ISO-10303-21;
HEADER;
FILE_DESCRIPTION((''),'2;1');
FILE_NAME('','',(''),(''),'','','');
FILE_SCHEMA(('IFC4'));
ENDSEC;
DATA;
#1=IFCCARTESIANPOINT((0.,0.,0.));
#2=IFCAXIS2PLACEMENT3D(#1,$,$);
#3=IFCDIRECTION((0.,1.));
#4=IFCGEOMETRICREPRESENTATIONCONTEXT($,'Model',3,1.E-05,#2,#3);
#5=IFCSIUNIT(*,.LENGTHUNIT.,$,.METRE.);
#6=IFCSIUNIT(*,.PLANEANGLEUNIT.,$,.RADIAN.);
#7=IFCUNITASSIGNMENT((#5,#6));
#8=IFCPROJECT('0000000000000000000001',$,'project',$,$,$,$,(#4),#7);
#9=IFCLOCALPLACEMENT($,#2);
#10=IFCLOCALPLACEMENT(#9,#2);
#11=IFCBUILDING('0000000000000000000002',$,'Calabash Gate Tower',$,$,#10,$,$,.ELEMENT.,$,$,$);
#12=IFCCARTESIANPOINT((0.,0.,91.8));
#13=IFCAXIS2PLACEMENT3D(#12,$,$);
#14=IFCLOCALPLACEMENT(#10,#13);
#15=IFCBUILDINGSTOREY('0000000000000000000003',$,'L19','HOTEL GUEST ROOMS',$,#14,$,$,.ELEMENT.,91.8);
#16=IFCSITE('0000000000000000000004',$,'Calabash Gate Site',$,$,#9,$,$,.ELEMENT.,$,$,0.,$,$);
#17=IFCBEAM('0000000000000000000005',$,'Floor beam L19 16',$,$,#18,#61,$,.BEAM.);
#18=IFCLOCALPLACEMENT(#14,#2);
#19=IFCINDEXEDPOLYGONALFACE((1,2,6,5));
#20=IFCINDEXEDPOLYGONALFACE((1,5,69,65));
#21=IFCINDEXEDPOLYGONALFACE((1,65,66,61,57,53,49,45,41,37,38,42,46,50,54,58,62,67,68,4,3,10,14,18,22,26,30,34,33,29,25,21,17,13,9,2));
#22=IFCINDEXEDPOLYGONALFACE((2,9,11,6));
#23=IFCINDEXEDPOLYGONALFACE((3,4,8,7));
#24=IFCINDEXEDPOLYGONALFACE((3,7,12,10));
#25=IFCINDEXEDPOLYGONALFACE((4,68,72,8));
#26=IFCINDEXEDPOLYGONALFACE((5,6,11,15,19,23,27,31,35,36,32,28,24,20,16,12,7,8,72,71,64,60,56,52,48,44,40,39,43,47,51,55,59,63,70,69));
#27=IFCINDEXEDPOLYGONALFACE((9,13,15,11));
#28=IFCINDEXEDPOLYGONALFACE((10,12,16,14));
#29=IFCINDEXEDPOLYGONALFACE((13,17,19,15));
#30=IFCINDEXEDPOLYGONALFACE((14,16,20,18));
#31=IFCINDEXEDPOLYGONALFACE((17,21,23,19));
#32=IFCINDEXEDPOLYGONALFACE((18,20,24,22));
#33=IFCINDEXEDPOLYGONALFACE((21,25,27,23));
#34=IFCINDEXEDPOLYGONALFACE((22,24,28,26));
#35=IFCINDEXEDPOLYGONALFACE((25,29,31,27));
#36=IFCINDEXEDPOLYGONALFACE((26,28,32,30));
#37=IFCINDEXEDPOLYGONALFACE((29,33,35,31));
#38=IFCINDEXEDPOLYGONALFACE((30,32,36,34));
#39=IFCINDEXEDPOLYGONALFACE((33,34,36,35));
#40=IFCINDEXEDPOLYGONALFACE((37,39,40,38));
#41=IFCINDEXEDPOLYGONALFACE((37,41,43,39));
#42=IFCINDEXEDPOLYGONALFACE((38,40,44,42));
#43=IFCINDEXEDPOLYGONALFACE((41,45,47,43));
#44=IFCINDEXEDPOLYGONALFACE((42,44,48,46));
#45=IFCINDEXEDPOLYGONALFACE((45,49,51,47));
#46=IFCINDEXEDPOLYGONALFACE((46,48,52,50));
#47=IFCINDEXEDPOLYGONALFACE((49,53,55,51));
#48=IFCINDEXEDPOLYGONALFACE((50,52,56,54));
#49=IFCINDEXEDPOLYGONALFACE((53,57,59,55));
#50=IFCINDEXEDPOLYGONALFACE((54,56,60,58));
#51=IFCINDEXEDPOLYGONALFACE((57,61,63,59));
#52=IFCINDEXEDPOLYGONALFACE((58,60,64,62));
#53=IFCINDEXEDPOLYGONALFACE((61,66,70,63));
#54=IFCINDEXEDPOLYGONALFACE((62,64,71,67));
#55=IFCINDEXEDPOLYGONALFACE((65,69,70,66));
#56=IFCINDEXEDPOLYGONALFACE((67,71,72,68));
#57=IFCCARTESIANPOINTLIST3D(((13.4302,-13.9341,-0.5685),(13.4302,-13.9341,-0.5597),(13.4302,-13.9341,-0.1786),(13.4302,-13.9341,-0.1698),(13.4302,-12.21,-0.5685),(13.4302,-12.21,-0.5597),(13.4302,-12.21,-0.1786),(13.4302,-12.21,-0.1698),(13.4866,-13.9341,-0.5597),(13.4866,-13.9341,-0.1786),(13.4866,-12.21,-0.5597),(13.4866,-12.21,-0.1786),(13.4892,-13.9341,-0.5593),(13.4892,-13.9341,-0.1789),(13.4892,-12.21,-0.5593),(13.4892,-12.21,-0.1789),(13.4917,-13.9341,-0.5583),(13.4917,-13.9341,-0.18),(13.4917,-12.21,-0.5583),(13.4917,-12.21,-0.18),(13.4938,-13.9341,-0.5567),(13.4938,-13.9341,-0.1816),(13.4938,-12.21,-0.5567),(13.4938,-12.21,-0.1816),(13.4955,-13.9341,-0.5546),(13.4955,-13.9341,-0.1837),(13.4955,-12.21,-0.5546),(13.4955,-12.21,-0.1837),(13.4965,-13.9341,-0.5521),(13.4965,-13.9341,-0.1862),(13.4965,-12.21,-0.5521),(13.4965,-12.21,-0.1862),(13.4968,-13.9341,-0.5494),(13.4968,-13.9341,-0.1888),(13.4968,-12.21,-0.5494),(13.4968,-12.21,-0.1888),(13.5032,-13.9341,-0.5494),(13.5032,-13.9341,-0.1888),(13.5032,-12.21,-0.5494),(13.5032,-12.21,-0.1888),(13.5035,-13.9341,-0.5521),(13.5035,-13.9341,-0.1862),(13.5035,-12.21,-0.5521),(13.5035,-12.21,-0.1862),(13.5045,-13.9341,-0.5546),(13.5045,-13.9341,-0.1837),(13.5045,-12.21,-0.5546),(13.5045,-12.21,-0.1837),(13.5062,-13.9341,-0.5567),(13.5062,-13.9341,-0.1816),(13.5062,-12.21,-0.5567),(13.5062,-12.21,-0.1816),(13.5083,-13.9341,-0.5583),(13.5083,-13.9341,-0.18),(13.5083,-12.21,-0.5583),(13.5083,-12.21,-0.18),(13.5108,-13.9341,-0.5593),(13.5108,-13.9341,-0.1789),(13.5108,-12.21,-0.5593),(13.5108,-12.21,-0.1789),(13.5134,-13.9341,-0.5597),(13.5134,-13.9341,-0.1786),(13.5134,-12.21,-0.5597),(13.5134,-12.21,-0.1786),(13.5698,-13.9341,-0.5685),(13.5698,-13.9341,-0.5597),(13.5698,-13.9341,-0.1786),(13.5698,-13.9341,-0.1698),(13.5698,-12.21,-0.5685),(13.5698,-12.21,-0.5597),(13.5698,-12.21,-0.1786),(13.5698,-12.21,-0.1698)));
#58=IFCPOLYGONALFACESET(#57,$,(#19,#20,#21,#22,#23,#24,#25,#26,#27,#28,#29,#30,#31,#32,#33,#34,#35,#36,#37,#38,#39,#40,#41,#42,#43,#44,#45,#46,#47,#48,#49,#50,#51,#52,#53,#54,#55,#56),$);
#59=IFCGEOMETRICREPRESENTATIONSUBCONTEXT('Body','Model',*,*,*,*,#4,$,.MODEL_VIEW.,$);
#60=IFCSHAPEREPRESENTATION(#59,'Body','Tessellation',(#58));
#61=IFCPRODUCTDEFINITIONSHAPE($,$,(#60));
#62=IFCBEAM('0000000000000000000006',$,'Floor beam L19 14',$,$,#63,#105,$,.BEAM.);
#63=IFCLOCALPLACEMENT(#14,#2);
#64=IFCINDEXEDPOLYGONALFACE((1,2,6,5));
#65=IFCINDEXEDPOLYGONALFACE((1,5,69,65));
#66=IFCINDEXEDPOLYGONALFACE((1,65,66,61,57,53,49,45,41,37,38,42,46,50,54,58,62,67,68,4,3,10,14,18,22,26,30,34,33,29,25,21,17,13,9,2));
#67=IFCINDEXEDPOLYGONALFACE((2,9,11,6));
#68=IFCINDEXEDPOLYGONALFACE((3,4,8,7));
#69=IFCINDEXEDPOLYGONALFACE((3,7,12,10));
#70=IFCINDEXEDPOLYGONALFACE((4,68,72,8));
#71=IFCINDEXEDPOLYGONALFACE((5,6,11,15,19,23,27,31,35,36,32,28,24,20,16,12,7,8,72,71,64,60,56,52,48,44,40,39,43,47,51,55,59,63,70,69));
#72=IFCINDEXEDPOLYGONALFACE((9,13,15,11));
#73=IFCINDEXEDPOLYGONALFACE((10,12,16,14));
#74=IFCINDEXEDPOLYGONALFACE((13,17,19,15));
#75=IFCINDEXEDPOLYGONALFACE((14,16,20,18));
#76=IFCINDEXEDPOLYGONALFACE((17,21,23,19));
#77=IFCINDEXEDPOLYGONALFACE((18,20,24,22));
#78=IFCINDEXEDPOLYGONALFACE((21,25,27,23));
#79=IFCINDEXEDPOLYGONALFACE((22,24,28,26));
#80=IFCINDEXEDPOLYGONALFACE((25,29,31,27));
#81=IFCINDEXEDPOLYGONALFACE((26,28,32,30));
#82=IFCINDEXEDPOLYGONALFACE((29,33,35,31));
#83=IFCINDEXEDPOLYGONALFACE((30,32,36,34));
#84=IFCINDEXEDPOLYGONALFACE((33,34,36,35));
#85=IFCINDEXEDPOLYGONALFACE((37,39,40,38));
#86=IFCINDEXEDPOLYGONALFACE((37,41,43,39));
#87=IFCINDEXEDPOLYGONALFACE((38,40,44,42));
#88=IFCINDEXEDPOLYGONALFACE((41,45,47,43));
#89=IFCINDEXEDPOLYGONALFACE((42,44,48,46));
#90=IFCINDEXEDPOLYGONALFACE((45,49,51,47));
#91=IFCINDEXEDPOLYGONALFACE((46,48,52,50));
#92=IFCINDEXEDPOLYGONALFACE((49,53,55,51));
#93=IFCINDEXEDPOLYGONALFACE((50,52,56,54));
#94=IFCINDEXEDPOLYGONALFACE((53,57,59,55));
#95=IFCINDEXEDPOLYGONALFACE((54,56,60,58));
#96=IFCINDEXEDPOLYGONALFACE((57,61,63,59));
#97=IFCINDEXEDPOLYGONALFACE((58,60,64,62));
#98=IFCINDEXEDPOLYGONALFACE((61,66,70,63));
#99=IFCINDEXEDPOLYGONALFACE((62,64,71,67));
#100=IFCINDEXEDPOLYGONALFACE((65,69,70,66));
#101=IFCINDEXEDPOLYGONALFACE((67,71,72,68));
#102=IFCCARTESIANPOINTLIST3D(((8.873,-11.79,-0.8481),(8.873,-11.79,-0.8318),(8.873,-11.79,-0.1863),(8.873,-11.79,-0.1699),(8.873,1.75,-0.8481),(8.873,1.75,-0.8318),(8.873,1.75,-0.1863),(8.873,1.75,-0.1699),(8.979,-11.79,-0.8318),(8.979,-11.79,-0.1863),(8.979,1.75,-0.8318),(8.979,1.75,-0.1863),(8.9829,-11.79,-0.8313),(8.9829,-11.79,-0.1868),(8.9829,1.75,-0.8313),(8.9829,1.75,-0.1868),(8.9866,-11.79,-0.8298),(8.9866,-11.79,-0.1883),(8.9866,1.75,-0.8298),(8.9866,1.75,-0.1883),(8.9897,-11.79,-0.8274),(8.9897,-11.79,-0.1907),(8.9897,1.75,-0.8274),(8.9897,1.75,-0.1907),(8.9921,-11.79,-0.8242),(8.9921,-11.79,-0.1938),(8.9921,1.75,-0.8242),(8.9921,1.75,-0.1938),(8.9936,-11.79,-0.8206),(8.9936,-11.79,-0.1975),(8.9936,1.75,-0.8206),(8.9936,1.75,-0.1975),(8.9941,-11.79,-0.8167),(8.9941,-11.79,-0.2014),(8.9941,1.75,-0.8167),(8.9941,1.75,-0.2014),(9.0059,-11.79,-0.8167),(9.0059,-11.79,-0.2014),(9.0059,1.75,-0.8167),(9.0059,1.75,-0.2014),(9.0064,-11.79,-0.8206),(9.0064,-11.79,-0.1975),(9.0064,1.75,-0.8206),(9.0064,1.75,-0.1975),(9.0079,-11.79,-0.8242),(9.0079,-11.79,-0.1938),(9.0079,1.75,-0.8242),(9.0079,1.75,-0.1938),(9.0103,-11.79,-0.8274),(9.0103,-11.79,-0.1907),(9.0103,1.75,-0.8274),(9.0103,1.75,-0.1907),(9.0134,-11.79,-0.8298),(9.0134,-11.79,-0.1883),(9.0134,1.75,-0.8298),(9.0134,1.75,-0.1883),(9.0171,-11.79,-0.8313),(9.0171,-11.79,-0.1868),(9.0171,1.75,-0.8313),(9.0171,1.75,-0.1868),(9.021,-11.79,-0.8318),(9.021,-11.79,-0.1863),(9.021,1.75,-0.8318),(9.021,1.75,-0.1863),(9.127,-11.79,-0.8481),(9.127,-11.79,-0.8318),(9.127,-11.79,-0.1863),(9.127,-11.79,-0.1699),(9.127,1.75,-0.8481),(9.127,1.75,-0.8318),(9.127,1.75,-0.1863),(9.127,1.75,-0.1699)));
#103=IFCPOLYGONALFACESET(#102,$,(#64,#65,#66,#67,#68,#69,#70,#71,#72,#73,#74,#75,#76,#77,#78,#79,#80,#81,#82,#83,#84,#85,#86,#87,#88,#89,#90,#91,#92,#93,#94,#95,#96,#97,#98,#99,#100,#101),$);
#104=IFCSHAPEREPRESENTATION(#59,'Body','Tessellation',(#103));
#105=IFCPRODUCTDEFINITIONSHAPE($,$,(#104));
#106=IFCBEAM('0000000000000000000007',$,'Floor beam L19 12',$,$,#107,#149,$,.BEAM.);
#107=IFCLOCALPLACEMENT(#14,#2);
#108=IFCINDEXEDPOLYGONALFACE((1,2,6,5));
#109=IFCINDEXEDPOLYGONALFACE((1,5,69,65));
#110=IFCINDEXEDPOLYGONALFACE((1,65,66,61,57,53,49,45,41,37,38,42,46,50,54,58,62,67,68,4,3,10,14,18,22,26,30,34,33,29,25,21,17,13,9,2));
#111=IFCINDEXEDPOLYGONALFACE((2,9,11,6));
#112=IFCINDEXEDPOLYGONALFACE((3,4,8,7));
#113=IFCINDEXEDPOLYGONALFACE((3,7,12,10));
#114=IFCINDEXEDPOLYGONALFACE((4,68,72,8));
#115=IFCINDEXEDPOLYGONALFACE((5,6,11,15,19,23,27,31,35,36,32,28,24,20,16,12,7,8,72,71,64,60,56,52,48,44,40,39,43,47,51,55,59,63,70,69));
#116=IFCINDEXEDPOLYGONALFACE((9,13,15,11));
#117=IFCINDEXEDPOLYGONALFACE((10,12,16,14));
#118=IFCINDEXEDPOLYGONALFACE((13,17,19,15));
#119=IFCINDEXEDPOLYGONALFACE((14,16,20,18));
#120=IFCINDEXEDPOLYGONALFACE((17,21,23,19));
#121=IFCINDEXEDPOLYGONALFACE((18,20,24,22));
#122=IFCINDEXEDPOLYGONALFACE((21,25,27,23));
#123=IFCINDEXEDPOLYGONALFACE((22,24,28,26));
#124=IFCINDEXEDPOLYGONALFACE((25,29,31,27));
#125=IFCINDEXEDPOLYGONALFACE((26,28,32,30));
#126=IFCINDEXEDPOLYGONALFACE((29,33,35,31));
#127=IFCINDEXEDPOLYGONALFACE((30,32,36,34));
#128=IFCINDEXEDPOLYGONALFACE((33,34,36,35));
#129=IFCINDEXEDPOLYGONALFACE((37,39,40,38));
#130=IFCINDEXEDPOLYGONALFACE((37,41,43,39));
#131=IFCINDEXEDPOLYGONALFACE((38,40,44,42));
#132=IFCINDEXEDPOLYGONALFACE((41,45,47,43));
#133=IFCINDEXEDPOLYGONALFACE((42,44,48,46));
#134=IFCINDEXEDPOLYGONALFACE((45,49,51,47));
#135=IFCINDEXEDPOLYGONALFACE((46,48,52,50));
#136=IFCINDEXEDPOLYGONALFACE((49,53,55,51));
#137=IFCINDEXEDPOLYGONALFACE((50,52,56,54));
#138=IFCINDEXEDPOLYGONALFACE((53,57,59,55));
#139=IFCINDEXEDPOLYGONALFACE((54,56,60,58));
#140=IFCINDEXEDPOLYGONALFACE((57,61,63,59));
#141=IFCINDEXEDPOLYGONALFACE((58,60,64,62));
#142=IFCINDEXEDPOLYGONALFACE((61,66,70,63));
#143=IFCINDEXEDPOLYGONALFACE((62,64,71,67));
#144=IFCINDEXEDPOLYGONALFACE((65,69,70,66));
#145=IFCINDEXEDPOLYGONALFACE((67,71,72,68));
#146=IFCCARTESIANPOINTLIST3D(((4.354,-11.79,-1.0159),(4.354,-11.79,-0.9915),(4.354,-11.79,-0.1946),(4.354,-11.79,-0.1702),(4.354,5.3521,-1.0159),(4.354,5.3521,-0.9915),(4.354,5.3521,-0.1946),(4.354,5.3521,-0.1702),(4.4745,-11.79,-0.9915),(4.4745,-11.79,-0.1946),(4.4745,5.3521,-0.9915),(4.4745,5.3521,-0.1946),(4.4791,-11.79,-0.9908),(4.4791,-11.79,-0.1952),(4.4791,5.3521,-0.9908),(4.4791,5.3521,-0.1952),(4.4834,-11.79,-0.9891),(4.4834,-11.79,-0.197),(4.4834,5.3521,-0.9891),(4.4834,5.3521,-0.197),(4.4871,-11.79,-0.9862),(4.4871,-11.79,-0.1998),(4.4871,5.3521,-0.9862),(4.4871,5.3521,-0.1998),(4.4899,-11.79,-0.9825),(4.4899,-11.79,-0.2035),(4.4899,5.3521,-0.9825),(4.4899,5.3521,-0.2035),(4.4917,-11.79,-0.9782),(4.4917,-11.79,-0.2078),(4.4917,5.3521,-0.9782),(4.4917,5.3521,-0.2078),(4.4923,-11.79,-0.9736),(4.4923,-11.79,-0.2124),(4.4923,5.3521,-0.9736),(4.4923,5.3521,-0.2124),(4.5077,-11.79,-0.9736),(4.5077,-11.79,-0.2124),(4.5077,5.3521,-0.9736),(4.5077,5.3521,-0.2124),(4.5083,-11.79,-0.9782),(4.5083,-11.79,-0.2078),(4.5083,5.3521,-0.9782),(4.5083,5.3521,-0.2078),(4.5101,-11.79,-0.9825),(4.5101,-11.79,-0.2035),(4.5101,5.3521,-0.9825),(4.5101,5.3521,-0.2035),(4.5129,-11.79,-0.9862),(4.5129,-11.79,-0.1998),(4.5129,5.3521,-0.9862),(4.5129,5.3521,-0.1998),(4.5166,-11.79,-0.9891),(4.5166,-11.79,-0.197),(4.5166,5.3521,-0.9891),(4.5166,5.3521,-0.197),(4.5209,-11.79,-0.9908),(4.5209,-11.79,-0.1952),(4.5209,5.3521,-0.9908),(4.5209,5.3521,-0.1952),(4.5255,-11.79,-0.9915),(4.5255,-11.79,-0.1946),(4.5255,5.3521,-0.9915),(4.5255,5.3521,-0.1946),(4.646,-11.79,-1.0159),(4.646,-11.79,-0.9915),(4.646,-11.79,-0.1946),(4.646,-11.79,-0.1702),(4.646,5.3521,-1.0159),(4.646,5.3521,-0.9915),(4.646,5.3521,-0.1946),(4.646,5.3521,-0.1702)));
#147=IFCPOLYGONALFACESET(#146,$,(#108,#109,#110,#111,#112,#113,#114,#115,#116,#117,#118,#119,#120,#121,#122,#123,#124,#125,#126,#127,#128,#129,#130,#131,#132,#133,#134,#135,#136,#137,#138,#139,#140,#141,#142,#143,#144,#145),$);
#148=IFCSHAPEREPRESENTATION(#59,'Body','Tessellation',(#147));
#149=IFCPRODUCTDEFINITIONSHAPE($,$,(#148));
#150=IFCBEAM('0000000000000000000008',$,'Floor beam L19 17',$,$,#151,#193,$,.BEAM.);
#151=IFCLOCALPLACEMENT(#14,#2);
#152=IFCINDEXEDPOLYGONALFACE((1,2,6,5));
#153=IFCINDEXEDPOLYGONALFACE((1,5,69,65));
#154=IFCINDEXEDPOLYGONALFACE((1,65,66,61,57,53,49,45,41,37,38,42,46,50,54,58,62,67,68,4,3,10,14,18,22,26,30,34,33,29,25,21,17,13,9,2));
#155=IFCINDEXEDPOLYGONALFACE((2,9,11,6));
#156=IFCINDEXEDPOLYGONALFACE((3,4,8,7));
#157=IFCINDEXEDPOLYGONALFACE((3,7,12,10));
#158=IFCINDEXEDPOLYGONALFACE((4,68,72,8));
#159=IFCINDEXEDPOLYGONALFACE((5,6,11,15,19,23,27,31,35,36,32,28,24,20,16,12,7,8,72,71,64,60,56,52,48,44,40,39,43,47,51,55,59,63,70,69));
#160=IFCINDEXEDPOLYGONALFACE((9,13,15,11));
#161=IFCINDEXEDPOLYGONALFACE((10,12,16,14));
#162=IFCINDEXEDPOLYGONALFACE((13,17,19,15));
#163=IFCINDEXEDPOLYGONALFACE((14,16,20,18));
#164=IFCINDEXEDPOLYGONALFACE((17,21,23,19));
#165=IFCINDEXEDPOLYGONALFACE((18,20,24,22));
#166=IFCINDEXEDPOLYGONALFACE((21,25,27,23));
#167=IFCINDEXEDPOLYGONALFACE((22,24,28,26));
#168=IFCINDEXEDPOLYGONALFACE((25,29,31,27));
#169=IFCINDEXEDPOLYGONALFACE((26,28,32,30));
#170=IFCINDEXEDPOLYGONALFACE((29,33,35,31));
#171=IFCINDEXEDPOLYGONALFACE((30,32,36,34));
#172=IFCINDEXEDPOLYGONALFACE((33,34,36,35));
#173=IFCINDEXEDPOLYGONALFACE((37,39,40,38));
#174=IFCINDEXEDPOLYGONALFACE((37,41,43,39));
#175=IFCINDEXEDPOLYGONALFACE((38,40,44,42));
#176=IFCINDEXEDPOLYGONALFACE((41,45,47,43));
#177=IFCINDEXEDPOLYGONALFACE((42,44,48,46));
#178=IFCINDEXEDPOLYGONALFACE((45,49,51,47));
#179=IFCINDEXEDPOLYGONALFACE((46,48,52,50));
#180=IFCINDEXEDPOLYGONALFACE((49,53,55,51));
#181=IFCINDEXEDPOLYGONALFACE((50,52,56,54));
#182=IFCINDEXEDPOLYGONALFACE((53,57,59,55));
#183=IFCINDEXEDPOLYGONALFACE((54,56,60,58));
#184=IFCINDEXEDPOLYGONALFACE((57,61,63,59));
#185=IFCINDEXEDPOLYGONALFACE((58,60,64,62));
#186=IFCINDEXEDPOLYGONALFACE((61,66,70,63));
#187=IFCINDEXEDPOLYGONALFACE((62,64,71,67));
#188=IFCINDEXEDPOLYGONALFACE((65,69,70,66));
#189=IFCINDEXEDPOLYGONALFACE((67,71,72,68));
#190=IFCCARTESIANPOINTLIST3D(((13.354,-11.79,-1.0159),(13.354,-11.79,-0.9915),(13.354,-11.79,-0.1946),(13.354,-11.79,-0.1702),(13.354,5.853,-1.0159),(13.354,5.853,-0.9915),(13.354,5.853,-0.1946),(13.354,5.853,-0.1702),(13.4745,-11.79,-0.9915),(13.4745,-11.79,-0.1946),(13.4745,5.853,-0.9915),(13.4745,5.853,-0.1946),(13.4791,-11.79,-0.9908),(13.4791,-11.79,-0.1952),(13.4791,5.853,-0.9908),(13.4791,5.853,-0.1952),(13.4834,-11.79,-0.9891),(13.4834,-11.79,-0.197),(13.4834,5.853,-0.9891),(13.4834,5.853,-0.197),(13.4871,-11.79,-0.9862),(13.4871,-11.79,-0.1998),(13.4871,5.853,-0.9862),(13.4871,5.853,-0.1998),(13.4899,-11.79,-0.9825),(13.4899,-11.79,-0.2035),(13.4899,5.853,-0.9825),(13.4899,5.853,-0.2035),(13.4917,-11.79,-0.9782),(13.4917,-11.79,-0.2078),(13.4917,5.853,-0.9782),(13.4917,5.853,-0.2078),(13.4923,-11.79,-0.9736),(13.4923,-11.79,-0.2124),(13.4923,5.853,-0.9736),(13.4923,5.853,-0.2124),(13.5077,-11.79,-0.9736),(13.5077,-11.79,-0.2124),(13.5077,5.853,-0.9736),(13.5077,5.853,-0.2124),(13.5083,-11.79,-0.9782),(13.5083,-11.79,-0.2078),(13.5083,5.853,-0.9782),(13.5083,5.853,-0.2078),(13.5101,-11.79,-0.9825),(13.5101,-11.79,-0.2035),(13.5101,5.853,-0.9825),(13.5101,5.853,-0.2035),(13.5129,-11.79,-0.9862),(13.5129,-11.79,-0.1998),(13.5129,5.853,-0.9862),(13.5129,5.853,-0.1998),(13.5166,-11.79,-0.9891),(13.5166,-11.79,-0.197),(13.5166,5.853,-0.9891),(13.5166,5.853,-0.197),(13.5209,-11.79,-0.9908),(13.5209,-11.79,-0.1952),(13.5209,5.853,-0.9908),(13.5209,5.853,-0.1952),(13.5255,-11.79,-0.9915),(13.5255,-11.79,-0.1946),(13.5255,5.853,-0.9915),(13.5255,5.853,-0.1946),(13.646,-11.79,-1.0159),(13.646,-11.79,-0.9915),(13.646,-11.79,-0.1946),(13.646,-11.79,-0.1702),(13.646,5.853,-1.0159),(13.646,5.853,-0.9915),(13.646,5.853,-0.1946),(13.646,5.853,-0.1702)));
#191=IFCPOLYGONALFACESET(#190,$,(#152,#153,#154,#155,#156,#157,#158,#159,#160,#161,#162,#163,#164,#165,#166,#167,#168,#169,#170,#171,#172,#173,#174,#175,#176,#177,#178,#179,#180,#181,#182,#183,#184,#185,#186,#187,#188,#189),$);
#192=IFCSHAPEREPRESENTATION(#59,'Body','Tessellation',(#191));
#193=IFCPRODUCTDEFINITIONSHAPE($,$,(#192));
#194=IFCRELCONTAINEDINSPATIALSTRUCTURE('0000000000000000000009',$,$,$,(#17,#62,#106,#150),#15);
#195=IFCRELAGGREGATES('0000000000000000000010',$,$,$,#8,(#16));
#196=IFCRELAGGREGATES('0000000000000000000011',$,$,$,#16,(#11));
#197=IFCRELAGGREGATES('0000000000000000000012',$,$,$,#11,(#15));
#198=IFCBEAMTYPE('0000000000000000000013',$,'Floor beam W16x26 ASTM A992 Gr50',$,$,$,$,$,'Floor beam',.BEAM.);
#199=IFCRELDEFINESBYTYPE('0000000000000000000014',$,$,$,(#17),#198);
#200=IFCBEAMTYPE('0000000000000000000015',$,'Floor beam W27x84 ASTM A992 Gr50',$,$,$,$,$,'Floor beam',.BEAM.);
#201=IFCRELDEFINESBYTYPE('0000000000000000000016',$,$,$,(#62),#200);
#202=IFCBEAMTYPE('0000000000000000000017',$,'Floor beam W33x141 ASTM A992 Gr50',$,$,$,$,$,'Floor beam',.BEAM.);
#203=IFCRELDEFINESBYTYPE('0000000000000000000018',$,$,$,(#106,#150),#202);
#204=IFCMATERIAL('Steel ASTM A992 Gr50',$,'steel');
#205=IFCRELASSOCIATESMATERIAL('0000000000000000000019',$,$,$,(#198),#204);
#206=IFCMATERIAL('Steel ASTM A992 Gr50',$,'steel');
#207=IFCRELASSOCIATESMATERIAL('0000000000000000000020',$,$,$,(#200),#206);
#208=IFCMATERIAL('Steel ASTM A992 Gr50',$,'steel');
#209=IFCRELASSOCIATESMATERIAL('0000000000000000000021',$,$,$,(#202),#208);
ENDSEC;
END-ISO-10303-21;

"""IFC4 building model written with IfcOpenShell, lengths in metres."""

from ifc_helpers import new_model, si_unit, direction, frame, origin, origin_2d, place, context, subcontext, project, spatial, i_section, extrude, material, material_profile, profile_set, type_object, element, save


model = new_model("IFC4")

# Units and contexts
model_context = context("Model", 3, precision=1e-05, world=origin(), true_north=direction((0.0, 1.0)))
body_context = subcontext(model_context, "Body", "Model", "MODEL_VIEW")
ifc_project = project(units=[si_unit("LENGTHUNIT", "METRE"), si_unit("PLANEANGLEUNIT", "RADIAN")], contexts=[model_context])

# Site, building, storey
site_placement = place(None, origin())
site = spatial("IfcSite", under=ifc_project, at=site_placement, Name="Calabash Gate Site", CompositionType="ELEMENT", RefElevation=0.0)
building_placement = place(site_placement, origin())
building = spatial("IfcBuilding", under=site, at=building_placement, Name="Calabash Gate Tower", CompositionType="ELEMENT")
storey_placement = place(building_placement, frame((0.0, 0.0, 91.8)))
storey = spatial("IfcBuildingStorey", under=building, at=storey_placement, Name="L19", Description="HOTEL GUEST ROOMS", CompositionType="ELEMENT", Elevation=91.8)

# Beams
ifc_material_1 = material(Name="Steel ASTM A992 Gr50", Category="steel")
ifc_material_profile_1 = material_profile(ifc_material_1, i_section(OverallWidth=0.1396, OverallDepth=0.3987, WebThickness=0.0063, FlangeThickness=0.0088, FilletRadius=0.0103, at=origin_2d()))
ifc_profile_set_1 = profile_set([ifc_material_profile_1], Name="Steel ASTM A992 Gr50")
beam_type_1 = type_object("IfcBeamType", Name="Floor beam W16x26 ASTM A992 Gr50", ElementType="Floor beam", PredefinedType="BEAM", material=ifc_profile_set_1)
beam_1_placement = place(storey_placement, frame((13.5, -13.9341, -0.3691), z_axis=(0.0, 1.0, 0.0), x_axis=(-1.0, 0.0, 0.0)))
element("IfcBeam", 1, at=beam_1_placement, inside=storey, type_object=beam_type_1, Name="Floor beam L19 16", PredefinedType="BEAM", context=body_context, shape_type="SweptSolid", body=[
    extrude(i_section(OverallWidth=0.1396, OverallDepth=0.3987, WebThickness=0.0063, FlangeThickness=0.0088, FilletRadius=0.0103, at=origin_2d()), origin(), (0.0, 0.0, 1.0), 1.7241),
])
ifc_material_2 = material(Name="Steel ASTM A992 Gr50", Category="steel")
ifc_material_profile_2 = material_profile(ifc_material_2, i_section(OverallWidth=0.2539, OverallDepth=0.6782, WebThickness=0.0117, FlangeThickness=0.0164, FilletRadius=0.0151, at=origin_2d()))
ifc_profile_set_2 = profile_set([ifc_material_profile_2], Name="Steel ASTM A992 Gr50")
beam_type_2 = type_object("IfcBeamType", Name="Floor beam W27x84 ASTM A992 Gr50", ElementType="Floor beam", PredefinedType="BEAM", material=ifc_profile_set_2)
beam_2_placement = place(storey_placement, frame((9.0, -11.79, -0.509), z_axis=(0.0, 1.0, 0.0), x_axis=(-1.0, 0.0, 0.0)))
element("IfcBeam", 2, at=beam_2_placement, inside=storey, type_object=beam_type_2, Name="Floor beam L19 14", PredefinedType="BEAM", context=body_context, shape_type="SweptSolid", body=[
    extrude(i_section(OverallWidth=0.2539, OverallDepth=0.6782, WebThickness=0.0117, FlangeThickness=0.0164, FilletRadius=0.0151, at=origin_2d()), origin(), (0.0, 0.0, 1.0), 13.54),
])
ifc_material_3 = material(Name="Steel ASTM A992 Gr50", Category="steel")
ifc_material_profile_3 = material_profile(ifc_material_3, i_section(OverallWidth=0.292, OverallDepth=0.8457, WebThickness=0.0154, FlangeThickness=0.0244, FilletRadius=0.0178, at=origin_2d()))
ifc_profile_set_3 = profile_set([ifc_material_profile_3], Name="Steel ASTM A992 Gr50")
beam_type_3 = type_object("IfcBeamType", Name="Floor beam W33x141 ASTM A992 Gr50", ElementType="Floor beam", PredefinedType="BEAM", material=ifc_profile_set_3)
beam_3_placement = place(storey_placement, frame((4.5, -11.79, -0.593), z_axis=(0.0, 1.0, 0.0), x_axis=(-1.0, 0.0, 0.0)))
element("IfcBeam", 3, at=beam_3_placement, inside=storey, type_object=beam_type_3, Name="Floor beam L19 12", PredefinedType="BEAM", context=body_context, shape_type="SweptSolid", body=[
    extrude(i_section(OverallWidth=0.292, OverallDepth=0.8457, WebThickness=0.0154, FlangeThickness=0.0244, FilletRadius=0.0178, at=origin_2d()), origin(), (0.0, 0.0, 1.0), 17.1421),
])
beam_4_placement = place(storey_placement, frame((13.5, -11.79, -0.593), z_axis=(0.0, 1.0, 0.0), x_axis=(-1.0, 0.0, 0.0)))
element("IfcBeam", 4, at=beam_4_placement, inside=storey, type_object=beam_type_3, Name="Floor beam L19 17", PredefinedType="BEAM", context=body_context, shape_type="SweptSolid", body=[
    extrude(i_section(OverallWidth=0.292, OverallDepth=0.8457, WebThickness=0.0154, FlangeThickness=0.0244, FilletRadius=0.0178, at=origin_2d()), origin(), (0.0, 0.0, 1.0), 17.6431),
])

save(model, "model.ifc")
